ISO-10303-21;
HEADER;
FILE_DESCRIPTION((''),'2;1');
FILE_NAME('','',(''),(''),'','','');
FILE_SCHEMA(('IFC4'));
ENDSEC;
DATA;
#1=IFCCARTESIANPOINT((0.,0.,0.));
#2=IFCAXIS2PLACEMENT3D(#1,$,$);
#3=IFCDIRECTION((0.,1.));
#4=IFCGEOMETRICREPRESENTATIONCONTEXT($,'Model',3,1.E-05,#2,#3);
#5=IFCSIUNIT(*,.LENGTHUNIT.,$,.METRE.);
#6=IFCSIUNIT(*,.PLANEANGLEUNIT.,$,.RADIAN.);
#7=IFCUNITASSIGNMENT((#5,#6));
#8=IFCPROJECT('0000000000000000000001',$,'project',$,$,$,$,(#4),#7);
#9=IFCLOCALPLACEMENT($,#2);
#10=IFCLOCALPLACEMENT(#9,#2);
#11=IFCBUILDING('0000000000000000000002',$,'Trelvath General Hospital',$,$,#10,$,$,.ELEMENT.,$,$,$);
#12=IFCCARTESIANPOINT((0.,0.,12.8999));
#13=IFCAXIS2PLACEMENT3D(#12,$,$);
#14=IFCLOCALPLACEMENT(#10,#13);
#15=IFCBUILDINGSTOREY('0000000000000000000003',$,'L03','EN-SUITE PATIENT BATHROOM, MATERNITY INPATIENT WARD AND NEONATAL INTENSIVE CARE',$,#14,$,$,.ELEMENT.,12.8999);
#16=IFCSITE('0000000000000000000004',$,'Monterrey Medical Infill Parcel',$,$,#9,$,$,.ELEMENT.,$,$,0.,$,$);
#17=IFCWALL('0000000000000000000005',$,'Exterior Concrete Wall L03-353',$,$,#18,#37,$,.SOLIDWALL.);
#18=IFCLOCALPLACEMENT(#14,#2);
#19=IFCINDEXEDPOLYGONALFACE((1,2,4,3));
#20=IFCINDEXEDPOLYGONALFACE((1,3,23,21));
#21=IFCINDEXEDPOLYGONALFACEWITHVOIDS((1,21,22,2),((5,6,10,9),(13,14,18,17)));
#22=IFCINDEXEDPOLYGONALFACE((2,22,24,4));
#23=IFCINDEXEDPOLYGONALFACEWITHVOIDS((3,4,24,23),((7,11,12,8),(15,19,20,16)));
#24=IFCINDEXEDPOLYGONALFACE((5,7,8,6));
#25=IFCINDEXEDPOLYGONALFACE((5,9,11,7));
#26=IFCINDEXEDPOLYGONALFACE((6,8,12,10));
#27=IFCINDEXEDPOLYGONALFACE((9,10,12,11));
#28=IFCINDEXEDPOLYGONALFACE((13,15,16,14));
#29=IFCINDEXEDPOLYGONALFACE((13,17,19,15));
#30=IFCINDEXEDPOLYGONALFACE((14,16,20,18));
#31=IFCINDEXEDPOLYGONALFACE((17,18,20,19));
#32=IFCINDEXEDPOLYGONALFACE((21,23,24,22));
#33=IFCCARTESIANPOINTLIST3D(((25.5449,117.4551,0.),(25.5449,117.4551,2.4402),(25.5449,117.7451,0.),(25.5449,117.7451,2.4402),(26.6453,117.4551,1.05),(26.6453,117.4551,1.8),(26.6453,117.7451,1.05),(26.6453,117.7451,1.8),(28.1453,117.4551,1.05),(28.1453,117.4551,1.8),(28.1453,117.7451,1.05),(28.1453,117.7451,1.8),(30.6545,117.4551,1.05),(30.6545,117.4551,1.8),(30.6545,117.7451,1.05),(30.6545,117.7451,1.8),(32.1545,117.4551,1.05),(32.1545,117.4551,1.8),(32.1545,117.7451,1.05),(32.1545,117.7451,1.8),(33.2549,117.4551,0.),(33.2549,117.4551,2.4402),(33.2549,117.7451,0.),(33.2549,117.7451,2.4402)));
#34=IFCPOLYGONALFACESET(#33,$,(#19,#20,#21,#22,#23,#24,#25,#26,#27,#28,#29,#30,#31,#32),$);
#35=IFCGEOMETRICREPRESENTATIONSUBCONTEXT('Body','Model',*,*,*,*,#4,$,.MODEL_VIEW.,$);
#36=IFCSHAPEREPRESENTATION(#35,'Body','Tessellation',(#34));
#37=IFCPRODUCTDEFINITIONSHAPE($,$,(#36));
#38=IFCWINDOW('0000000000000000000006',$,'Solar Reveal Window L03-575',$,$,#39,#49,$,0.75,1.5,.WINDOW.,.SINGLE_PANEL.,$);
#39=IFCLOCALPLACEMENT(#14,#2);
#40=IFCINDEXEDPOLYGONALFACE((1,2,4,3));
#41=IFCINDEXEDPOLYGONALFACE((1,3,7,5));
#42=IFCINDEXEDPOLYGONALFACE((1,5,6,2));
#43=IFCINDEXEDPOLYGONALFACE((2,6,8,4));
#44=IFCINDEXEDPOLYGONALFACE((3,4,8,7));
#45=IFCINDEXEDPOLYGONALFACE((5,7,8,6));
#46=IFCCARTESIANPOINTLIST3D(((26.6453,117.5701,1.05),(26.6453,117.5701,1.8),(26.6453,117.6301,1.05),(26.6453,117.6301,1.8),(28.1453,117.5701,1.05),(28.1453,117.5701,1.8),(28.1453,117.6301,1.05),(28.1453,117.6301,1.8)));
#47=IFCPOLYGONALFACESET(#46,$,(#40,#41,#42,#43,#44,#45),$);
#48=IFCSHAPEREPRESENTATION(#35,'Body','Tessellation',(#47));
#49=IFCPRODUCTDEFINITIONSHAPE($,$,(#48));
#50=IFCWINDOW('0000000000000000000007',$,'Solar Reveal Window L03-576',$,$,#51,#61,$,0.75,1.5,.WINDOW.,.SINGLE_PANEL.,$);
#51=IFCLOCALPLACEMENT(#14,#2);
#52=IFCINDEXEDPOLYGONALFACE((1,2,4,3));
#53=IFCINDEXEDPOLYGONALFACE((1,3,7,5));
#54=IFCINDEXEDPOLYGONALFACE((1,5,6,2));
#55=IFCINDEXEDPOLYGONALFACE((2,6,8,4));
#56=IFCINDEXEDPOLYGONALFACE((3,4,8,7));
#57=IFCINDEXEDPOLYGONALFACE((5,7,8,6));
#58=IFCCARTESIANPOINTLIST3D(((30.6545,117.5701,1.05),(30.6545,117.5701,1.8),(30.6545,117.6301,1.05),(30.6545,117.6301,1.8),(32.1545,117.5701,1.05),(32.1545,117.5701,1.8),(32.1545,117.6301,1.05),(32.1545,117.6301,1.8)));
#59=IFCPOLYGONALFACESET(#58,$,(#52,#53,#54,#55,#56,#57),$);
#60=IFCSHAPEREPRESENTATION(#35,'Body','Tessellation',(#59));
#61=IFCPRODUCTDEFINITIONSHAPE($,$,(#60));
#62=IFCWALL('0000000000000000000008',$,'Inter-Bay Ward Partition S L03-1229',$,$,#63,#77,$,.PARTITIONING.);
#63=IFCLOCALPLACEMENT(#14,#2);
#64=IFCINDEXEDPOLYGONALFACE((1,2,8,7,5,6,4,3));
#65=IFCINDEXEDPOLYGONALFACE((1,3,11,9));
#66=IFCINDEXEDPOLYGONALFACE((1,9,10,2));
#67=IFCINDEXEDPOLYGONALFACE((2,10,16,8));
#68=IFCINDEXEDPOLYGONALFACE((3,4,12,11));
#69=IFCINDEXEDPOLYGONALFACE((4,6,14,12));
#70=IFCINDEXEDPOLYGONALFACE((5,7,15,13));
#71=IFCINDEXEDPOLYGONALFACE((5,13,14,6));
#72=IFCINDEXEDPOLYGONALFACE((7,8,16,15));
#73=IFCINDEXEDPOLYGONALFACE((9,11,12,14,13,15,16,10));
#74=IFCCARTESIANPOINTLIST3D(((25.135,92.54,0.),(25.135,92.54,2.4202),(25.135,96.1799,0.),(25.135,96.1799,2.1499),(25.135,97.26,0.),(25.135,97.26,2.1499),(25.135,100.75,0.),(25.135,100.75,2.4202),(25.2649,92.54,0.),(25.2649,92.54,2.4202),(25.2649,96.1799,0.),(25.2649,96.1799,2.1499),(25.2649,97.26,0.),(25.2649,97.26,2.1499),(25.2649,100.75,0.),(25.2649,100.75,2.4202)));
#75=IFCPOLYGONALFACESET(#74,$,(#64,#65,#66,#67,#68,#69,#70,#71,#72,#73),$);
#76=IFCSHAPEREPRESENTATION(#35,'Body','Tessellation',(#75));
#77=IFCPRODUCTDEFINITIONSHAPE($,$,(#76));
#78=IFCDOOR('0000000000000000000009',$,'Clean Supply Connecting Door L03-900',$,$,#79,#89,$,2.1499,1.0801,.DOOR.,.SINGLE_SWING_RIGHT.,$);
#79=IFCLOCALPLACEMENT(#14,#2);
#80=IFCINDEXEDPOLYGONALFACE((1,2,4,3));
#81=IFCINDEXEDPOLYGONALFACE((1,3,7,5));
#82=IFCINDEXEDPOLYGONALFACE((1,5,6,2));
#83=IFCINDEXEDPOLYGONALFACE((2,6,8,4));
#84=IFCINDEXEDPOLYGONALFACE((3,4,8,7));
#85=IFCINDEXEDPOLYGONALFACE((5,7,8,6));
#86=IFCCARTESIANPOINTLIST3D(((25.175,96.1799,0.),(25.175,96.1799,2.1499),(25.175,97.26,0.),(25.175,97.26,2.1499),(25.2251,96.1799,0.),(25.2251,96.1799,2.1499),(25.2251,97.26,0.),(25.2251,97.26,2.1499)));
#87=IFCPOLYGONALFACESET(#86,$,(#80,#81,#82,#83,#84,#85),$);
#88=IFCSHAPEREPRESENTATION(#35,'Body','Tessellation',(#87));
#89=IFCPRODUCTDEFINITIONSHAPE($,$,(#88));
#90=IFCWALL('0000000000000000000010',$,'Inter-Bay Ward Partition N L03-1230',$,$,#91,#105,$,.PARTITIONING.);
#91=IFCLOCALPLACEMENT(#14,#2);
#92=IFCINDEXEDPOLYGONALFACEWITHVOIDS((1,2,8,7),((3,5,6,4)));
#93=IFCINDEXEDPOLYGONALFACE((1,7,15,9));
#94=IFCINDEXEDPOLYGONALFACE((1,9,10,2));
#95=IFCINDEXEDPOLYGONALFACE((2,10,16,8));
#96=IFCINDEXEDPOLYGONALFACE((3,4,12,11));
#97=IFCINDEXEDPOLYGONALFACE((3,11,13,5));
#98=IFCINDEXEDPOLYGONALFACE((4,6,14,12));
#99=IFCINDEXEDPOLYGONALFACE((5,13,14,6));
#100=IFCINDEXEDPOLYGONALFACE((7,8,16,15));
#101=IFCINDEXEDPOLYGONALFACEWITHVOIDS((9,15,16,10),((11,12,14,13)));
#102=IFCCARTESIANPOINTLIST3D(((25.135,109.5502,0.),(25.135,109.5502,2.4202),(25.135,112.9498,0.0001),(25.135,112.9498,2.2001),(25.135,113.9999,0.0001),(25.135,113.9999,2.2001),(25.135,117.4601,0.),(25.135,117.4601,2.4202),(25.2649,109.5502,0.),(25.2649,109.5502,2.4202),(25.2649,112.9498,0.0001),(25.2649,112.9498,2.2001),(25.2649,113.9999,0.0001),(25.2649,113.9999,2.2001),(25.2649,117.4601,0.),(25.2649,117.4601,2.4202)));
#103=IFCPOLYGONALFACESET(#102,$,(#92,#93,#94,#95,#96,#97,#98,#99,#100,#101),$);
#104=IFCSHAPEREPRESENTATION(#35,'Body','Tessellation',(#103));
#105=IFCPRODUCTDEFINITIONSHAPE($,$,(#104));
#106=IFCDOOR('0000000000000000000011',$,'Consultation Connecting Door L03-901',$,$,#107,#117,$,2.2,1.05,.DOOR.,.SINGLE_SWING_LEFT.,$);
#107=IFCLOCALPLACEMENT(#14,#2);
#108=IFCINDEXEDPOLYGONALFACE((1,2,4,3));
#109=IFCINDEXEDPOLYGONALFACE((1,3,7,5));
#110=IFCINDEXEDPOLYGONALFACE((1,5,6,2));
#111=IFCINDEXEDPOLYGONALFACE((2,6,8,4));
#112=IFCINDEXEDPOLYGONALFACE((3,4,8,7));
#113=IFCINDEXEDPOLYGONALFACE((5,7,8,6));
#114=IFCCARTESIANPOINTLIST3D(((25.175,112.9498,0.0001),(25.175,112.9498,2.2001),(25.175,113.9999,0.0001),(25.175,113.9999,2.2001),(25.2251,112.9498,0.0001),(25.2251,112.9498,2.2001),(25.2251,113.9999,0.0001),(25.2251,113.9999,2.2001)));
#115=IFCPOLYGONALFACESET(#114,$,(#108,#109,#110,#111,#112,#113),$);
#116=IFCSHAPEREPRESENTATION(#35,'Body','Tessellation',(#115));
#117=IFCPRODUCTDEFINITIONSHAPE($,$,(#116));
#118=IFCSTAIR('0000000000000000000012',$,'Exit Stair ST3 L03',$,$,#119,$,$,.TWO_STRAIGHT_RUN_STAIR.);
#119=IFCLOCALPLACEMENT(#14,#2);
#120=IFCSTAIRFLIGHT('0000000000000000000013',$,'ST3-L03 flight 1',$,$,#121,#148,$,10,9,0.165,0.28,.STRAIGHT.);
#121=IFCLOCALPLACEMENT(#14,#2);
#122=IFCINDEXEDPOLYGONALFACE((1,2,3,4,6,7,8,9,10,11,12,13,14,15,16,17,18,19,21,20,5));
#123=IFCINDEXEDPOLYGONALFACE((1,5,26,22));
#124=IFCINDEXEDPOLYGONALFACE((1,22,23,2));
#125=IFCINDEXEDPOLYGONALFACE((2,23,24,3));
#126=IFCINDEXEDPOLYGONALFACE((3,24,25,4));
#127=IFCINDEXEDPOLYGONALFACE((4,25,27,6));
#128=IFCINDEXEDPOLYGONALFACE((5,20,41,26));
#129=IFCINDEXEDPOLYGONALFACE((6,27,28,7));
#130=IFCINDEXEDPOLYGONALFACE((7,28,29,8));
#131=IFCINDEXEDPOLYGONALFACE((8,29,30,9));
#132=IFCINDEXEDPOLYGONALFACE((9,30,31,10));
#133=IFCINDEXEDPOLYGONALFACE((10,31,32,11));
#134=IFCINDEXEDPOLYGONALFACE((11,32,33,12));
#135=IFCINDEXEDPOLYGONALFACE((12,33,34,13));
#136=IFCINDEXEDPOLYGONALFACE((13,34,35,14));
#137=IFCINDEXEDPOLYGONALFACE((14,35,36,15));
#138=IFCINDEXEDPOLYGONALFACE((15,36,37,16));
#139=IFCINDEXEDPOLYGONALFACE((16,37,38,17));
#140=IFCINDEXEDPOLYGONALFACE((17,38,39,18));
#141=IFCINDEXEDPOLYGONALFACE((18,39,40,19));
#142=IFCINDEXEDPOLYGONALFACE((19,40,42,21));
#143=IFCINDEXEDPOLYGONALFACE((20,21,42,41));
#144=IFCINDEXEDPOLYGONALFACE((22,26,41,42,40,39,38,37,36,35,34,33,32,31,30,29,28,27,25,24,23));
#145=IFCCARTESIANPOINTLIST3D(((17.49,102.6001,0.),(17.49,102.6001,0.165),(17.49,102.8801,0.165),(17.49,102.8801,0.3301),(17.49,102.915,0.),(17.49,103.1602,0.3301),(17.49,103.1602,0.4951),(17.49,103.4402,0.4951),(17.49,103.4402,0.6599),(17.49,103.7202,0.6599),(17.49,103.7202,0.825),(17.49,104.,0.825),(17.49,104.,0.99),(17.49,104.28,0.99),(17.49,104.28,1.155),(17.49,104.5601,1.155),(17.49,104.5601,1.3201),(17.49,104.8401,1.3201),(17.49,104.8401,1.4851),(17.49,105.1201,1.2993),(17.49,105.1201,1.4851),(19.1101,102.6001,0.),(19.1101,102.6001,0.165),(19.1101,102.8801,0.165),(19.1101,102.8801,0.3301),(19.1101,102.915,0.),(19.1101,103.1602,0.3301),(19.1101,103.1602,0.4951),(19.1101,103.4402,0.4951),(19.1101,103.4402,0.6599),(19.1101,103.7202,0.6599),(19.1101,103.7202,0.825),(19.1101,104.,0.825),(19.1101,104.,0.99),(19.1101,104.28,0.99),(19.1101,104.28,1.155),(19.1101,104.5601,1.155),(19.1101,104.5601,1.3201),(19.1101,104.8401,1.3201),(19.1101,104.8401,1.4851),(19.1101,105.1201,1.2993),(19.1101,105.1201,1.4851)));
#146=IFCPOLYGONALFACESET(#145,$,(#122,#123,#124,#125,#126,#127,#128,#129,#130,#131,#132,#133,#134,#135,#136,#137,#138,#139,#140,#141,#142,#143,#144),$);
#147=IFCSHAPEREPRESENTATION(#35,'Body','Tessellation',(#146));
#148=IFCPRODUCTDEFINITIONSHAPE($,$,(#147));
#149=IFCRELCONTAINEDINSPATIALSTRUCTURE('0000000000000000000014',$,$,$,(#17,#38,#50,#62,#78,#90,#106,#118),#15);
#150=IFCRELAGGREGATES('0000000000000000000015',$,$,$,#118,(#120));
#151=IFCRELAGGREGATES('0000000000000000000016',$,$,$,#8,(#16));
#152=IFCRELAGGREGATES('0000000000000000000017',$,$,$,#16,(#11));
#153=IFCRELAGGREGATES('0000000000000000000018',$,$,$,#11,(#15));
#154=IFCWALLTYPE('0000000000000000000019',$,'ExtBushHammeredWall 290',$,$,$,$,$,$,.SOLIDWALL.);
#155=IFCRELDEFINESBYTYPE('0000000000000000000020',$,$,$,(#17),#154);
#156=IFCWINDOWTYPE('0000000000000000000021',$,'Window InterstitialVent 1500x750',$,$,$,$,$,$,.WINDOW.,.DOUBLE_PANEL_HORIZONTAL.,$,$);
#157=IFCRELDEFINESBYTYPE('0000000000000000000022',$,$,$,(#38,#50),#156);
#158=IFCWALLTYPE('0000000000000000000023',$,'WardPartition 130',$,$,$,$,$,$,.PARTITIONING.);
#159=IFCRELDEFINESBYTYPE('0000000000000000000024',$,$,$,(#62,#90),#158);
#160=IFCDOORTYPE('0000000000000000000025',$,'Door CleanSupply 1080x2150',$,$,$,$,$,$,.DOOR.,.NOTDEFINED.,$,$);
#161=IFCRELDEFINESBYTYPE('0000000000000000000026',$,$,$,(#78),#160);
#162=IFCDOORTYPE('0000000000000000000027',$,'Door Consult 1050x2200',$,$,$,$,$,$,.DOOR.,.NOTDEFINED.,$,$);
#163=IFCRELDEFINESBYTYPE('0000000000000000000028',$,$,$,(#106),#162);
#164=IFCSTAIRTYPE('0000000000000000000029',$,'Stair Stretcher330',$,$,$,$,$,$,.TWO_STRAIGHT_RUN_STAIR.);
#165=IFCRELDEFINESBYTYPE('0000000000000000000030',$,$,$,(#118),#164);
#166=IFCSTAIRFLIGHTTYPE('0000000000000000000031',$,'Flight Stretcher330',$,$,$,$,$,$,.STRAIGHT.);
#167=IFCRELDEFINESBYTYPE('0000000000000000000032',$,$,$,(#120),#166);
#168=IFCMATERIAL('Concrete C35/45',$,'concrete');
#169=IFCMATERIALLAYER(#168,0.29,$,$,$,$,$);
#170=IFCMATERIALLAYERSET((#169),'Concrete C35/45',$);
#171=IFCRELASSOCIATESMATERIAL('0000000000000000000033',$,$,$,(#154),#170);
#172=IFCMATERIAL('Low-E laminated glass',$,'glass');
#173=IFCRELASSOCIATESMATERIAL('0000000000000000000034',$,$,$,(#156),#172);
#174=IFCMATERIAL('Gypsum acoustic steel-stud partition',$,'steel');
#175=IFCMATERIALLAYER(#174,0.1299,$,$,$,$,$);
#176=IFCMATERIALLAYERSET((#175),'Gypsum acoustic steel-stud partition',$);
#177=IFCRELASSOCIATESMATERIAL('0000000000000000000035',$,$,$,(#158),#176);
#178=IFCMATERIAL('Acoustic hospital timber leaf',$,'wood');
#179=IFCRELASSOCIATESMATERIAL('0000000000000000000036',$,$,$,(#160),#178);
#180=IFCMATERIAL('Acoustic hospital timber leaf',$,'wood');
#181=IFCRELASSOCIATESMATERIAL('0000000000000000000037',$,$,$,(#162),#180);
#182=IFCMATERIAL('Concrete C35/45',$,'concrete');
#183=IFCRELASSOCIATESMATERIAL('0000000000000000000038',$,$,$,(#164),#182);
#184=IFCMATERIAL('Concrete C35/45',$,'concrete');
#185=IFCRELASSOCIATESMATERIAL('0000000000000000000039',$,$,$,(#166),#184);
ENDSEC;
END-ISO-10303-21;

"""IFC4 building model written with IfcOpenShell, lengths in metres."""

from ifc_helpers import new_model, si_unit, direction, frame, frame_2d, origin, place, context, subcontext, project, spatial, polyline, rectangle, outline, extrude, material, layer, layer_set, type_object, element, fill, aggregate, save


model = new_model("IFC4")

# Units and contexts
model_context = context("Model", 3, precision=1e-05, world=origin(), true_north=direction((0.0, 1.0)))
body_context = subcontext(model_context, "Body", "Model", "MODEL_VIEW")
ifc_project = project(units=[si_unit("LENGTHUNIT", "METRE"), si_unit("PLANEANGLEUNIT", "RADIAN")], contexts=[model_context])

# Site, building, storey
site_placement = place(None, origin())
site = spatial("IfcSite", under=ifc_project, at=site_placement, Name="Monterrey Medical Infill Parcel", CompositionType="ELEMENT", RefElevation=0.0)
building_placement = place(site_placement, origin())
building = spatial("IfcBuilding", under=site, at=building_placement, Name="Trelvath General Hospital", CompositionType="ELEMENT")
storey_placement = place(building_placement, frame((0.0, 0.0, 12.8999)))
storey = spatial("IfcBuildingStorey", under=building, at=storey_placement, Name="L03", Description="EN-SUITE PATIENT BATHROOM, MATERNITY INPATIENT WARD AND NEONATAL INTENSIVE CARE", CompositionType="ELEMENT", Elevation=12.8999)

# Wall, openings, windows
ifc_material_1 = material(Name="Concrete C35/45", Category="concrete")
ifc_layer_1 = layer(ifc_material_1, 0.29)
ifc_layer_set_1 = layer_set([ifc_layer_1], Name="Concrete C35/45")
wall_type_1 = type_object("IfcWallType", Name="ExtBushHammeredWall 290", PredefinedType="SOLIDWALL", material=ifc_layer_set_1)
wall_1_placement = place(storey_placement, frame((25.5449, 117.6001, 0.0), z_axis=(0.0, 0.0, 1.0), x_axis=(1.0, 0.0, 0.0)))
wall_1 = element("IfcWall", 1, at=wall_1_placement, inside=storey, type_object=wall_type_1, Name="Exterior Concrete Wall L03-353", PredefinedType="SOLIDWALL", context=body_context, shape_type="SweptSolid", body=[
    extrude(rectangle(XDim=7.71, YDim=0.29, at=frame_2d((3.855, 0.0))), origin(), (0.0, 0.0, 1.0), 2.4402),
])
opening_1_placement = place(wall_1_placement, frame((1.1003, 0.0, 1.05)))
opening_1 = element("IfcOpeningElement", 2, at=opening_1_placement, cuts=wall_1, PredefinedType="OPENING", context=body_context, shape_type="SweptSolid", body=[
    extrude(rectangle(XDim=1.5, YDim=0.75, at=frame_2d((0.75, 0.375))), frame((0.0, 0.155, 0.0), z_axis=(0.0, -1.0, 0.0), x_axis=(1.0, 0.0, 0.0)), (0.0, 0.0, 1.0), 0.3101),
])
opening_2_placement = place(wall_1_placement, frame((5.1096, 0.0, 1.05)))
opening_2 = element("IfcOpeningElement", 3, at=opening_2_placement, cuts=wall_1, PredefinedType="OPENING", context=body_context, shape_type="SweptSolid", body=[
    extrude(rectangle(XDim=1.5, YDim=0.75, at=frame_2d((0.75, 0.375))), frame((0.0, 0.155, 0.0), z_axis=(0.0, -1.0, 0.0), x_axis=(1.0, 0.0, 0.0)), (0.0, 0.0, 1.0), 0.3101),
])
ifc_material_2 = material(Name="Low-E laminated glass", Category="glass")
window_type = type_object("IfcWindowType", Name="Window InterstitialVent 1500x750", PartitioningType="DOUBLE_PANEL_HORIZONTAL", PredefinedType="WINDOW", material=ifc_material_2)
window_1_placement = place(opening_1_placement, origin())
window_1 = element("IfcWindow", 4, at=window_1_placement, inside=storey, type_object=window_type, Name="Solar Reveal Window L03-575", OverallHeight=0.75, OverallWidth=1.5, PartitioningType="SINGLE_PANEL", PredefinedType="WINDOW", context=body_context, shape_type="SweptSolid", body=[
    extrude(rectangle(XDim=1.5, YDim=0.75, at=frame_2d((0.75, 0.375))), frame((0.0, 0.03, 0.0), z_axis=(0.0, -1.0, 0.0), x_axis=(1.0, 0.0, 0.0)), (0.0, 0.0, 1.0), 0.0601),
])
fill(opening_1, window_1)
window_2_placement = place(opening_2_placement, origin())
window_2 = element("IfcWindow", 5, at=window_2_placement, inside=storey, type_object=window_type, Name="Solar Reveal Window L03-576", OverallHeight=0.75, OverallWidth=1.5, PartitioningType="SINGLE_PANEL", PredefinedType="WINDOW", context=body_context, shape_type="SweptSolid", body=[
    extrude(rectangle(XDim=1.5, YDim=0.75, at=frame_2d((0.75, 0.375))), frame((0.0, 0.03, 0.0), z_axis=(0.0, -1.0, 0.0), x_axis=(1.0, 0.0, 0.0)), (0.0, 0.0, 1.0), 0.0601),
])
fill(opening_2, window_2)

# Walls, openings, doors
ifc_material_3 = material(Name="Gypsum acoustic steel-stud partition", Category="steel")
ifc_layer_2 = layer(ifc_material_3, 0.1299)
ifc_layer_set_2 = layer_set([ifc_layer_2], Name="Gypsum acoustic steel-stud partition")
wall_type_2 = type_object("IfcWallType", Name="WardPartition 130", PredefinedType="PARTITIONING", material=ifc_layer_set_2)
wall_2_placement = place(storey_placement, frame((25.2, 92.54, 0.0), z_axis=(0.0, 0.0, 1.0), x_axis=(0.0, 1.0, 0.0)))
wall_2 = element("IfcWall", 6, at=wall_2_placement, inside=storey, type_object=wall_type_2, Name="Inter-Bay Ward Partition S L03-1229", PredefinedType="PARTITIONING", context=body_context, shape_type="SweptSolid", body=[
    extrude(rectangle(XDim=8.21, YDim=0.1299, at=frame_2d((4.105, 0.0))), origin(), (0.0, 0.0, 1.0), 2.4202),
])
opening_3_placement = place(wall_2_placement, frame((3.6399, 0.0, 0.0)))
opening_3 = element("IfcOpeningElement", 7, at=opening_3_placement, cuts=wall_2, PredefinedType="OPENING", context=body_context, shape_type="SweptSolid", body=[
    extrude(rectangle(XDim=1.0801, YDim=2.1499, at=frame_2d((0.54, 1.075))), frame((0.0, 0.075, 0.0), z_axis=(0.0, -1.0, 0.0), x_axis=(1.0, 0.0, 0.0)), (0.0, 0.0, 1.0), 0.1499),
])
ifc_material_4 = material(Name="Acoustic hospital timber leaf", Category="wood")
door_type_1 = type_object("IfcDoorType", Name="Door CleanSupply 1080x2150", OperationType="NOTDEFINED", PredefinedType="DOOR", material=ifc_material_4)
door_1_placement = place(opening_3_placement, origin())
door_1 = element("IfcDoor", 8, at=door_1_placement, inside=storey, type_object=door_type_1, Name="Clean Supply Connecting Door L03-900", OperationType="SINGLE_SWING_RIGHT", OverallHeight=2.1499, OverallWidth=1.0801, PredefinedType="DOOR", context=body_context, shape_type="SweptSolid", body=[
    extrude(rectangle(XDim=1.0801, YDim=2.1499, at=frame_2d((0.54, 1.075))), frame((0.0, 0.0249, 0.0), z_axis=(0.0, -1.0, 0.0), x_axis=(1.0, 0.0, 0.0)), (0.0, 0.0, 1.0), 0.05),
])
fill(opening_3, door_1)
wall_3_placement = place(storey_placement, frame((25.2, 109.55, 0.0), z_axis=(0.0, 0.0, 1.0), x_axis=(0.0, 1.0, 0.0)))
wall_3 = element("IfcWall", 9, at=wall_3_placement, inside=storey, type_object=wall_type_2, Name="Inter-Bay Ward Partition N L03-1230", PredefinedType="PARTITIONING", context=body_context, shape_type="SweptSolid", body=[
    extrude(rectangle(XDim=7.9099, YDim=0.1299, at=frame_2d((3.9551, 0.0))), origin(), (0.0, 0.0, 1.0), 2.4202),
])
opening_4_placement = place(wall_3_placement, frame((3.3999, 0.0, 0.0)))
opening_4 = element("IfcOpeningElement", 10, at=opening_4_placement, cuts=wall_3, PredefinedType="OPENING", context=body_context, shape_type="SweptSolid", body=[
    extrude(rectangle(XDim=1.05, YDim=2.2, at=frame_2d((0.5249, 1.1001))), frame((0.0, 0.075, 0.0), z_axis=(0.0, -1.0, 0.0), x_axis=(1.0, 0.0, 0.0)), (0.0, 0.0, 1.0), 0.1499),
])
ifc_material_5 = material(Name="Acoustic hospital timber leaf", Category="wood")
door_type_2 = type_object("IfcDoorType", Name="Door Consult 1050x2200", OperationType="NOTDEFINED", PredefinedType="DOOR", material=ifc_material_5)
door_2_placement = place(opening_4_placement, origin())
door_2 = element("IfcDoor", 11, at=door_2_placement, inside=storey, type_object=door_type_2, Name="Consultation Connecting Door L03-901", OperationType="SINGLE_SWING_LEFT", OverallHeight=2.2, OverallWidth=1.05, PredefinedType="DOOR", context=body_context, shape_type="SweptSolid", body=[
    extrude(rectangle(XDim=1.05, YDim=2.2, at=frame_2d((0.5249, 1.1001))), frame((0.0, 0.0249, 0.0), z_axis=(0.0, -1.0, 0.0), x_axis=(1.0, 0.0, 0.0)), (0.0, 0.0, 1.0), 0.05),
])
fill(opening_4, door_2)

# Stair, stair flight
ifc_material_6 = material(Name="Concrete C35/45", Category="concrete")
stair_type = type_object("IfcStairType", Name="Stair Stretcher330", PredefinedType="TWO_STRAIGHT_RUN_STAIR", material=ifc_material_6)
stair_placement = place(storey_placement, origin())
stair = element("IfcStair", 12, at=stair_placement, inside=storey, type_object=stair_type, Name="Exit Stair ST3 L03", PredefinedType="TWO_STRAIGHT_RUN_STAIR")
ifc_material_7 = material(Name="Concrete C35/45", Category="concrete")
stair_flight_type = type_object("IfcStairFlightType", Name="Flight Stretcher330", PredefinedType="STRAIGHT", material=ifc_material_7)
stair_flight_1_placement = place(storey_placement, frame((18.3, 102.6001, 0.0), z_axis=(0.0, 0.0, 1.0), x_axis=(0.0, 1.0, 0.0)))
stair_flight_1 = element("IfcStairFlight", 13, at=stair_flight_1_placement, type_object=stair_flight_type, Name="ST3-L03 flight 1", NumberOfRisers=10, NumberOfTreads=9, PredefinedType="STRAIGHT", RiserHeight=0.165, TreadLength=0.28, context=body_context, shape_type="SweptSolid", body=[
    extrude(outline(polyline([(0.0, 0.0), (0.0, 0.165), (0.28, 0.165), (0.28, 0.3301), (0.5601, 0.3301), (0.5601, 0.4951), (0.8401, 0.4951), (0.8401, 0.6599), (1.1201, 0.6599), (1.1201, 0.825), (1.3999, 0.825), (1.3999, 0.99), (1.6799, 0.99), (1.6799, 1.155), (1.96, 1.155), (1.96, 1.3201), (2.24, 1.3201), (2.24, 1.4851), (2.52, 1.4851), (2.52, 1.6499), (2.52, 1.2993), (0.3149, 0.0), (0.0, 0.0)])), frame((0.0, 0.8101, 0.0), z_axis=(0.0, -1.0, 0.0), x_axis=(1.0, 0.0, 0.0)), (0.0, 0.0, 1.0), 1.6201),
])
aggregate(stair, [stair_flight_1])

save(model, "model.ifc")
